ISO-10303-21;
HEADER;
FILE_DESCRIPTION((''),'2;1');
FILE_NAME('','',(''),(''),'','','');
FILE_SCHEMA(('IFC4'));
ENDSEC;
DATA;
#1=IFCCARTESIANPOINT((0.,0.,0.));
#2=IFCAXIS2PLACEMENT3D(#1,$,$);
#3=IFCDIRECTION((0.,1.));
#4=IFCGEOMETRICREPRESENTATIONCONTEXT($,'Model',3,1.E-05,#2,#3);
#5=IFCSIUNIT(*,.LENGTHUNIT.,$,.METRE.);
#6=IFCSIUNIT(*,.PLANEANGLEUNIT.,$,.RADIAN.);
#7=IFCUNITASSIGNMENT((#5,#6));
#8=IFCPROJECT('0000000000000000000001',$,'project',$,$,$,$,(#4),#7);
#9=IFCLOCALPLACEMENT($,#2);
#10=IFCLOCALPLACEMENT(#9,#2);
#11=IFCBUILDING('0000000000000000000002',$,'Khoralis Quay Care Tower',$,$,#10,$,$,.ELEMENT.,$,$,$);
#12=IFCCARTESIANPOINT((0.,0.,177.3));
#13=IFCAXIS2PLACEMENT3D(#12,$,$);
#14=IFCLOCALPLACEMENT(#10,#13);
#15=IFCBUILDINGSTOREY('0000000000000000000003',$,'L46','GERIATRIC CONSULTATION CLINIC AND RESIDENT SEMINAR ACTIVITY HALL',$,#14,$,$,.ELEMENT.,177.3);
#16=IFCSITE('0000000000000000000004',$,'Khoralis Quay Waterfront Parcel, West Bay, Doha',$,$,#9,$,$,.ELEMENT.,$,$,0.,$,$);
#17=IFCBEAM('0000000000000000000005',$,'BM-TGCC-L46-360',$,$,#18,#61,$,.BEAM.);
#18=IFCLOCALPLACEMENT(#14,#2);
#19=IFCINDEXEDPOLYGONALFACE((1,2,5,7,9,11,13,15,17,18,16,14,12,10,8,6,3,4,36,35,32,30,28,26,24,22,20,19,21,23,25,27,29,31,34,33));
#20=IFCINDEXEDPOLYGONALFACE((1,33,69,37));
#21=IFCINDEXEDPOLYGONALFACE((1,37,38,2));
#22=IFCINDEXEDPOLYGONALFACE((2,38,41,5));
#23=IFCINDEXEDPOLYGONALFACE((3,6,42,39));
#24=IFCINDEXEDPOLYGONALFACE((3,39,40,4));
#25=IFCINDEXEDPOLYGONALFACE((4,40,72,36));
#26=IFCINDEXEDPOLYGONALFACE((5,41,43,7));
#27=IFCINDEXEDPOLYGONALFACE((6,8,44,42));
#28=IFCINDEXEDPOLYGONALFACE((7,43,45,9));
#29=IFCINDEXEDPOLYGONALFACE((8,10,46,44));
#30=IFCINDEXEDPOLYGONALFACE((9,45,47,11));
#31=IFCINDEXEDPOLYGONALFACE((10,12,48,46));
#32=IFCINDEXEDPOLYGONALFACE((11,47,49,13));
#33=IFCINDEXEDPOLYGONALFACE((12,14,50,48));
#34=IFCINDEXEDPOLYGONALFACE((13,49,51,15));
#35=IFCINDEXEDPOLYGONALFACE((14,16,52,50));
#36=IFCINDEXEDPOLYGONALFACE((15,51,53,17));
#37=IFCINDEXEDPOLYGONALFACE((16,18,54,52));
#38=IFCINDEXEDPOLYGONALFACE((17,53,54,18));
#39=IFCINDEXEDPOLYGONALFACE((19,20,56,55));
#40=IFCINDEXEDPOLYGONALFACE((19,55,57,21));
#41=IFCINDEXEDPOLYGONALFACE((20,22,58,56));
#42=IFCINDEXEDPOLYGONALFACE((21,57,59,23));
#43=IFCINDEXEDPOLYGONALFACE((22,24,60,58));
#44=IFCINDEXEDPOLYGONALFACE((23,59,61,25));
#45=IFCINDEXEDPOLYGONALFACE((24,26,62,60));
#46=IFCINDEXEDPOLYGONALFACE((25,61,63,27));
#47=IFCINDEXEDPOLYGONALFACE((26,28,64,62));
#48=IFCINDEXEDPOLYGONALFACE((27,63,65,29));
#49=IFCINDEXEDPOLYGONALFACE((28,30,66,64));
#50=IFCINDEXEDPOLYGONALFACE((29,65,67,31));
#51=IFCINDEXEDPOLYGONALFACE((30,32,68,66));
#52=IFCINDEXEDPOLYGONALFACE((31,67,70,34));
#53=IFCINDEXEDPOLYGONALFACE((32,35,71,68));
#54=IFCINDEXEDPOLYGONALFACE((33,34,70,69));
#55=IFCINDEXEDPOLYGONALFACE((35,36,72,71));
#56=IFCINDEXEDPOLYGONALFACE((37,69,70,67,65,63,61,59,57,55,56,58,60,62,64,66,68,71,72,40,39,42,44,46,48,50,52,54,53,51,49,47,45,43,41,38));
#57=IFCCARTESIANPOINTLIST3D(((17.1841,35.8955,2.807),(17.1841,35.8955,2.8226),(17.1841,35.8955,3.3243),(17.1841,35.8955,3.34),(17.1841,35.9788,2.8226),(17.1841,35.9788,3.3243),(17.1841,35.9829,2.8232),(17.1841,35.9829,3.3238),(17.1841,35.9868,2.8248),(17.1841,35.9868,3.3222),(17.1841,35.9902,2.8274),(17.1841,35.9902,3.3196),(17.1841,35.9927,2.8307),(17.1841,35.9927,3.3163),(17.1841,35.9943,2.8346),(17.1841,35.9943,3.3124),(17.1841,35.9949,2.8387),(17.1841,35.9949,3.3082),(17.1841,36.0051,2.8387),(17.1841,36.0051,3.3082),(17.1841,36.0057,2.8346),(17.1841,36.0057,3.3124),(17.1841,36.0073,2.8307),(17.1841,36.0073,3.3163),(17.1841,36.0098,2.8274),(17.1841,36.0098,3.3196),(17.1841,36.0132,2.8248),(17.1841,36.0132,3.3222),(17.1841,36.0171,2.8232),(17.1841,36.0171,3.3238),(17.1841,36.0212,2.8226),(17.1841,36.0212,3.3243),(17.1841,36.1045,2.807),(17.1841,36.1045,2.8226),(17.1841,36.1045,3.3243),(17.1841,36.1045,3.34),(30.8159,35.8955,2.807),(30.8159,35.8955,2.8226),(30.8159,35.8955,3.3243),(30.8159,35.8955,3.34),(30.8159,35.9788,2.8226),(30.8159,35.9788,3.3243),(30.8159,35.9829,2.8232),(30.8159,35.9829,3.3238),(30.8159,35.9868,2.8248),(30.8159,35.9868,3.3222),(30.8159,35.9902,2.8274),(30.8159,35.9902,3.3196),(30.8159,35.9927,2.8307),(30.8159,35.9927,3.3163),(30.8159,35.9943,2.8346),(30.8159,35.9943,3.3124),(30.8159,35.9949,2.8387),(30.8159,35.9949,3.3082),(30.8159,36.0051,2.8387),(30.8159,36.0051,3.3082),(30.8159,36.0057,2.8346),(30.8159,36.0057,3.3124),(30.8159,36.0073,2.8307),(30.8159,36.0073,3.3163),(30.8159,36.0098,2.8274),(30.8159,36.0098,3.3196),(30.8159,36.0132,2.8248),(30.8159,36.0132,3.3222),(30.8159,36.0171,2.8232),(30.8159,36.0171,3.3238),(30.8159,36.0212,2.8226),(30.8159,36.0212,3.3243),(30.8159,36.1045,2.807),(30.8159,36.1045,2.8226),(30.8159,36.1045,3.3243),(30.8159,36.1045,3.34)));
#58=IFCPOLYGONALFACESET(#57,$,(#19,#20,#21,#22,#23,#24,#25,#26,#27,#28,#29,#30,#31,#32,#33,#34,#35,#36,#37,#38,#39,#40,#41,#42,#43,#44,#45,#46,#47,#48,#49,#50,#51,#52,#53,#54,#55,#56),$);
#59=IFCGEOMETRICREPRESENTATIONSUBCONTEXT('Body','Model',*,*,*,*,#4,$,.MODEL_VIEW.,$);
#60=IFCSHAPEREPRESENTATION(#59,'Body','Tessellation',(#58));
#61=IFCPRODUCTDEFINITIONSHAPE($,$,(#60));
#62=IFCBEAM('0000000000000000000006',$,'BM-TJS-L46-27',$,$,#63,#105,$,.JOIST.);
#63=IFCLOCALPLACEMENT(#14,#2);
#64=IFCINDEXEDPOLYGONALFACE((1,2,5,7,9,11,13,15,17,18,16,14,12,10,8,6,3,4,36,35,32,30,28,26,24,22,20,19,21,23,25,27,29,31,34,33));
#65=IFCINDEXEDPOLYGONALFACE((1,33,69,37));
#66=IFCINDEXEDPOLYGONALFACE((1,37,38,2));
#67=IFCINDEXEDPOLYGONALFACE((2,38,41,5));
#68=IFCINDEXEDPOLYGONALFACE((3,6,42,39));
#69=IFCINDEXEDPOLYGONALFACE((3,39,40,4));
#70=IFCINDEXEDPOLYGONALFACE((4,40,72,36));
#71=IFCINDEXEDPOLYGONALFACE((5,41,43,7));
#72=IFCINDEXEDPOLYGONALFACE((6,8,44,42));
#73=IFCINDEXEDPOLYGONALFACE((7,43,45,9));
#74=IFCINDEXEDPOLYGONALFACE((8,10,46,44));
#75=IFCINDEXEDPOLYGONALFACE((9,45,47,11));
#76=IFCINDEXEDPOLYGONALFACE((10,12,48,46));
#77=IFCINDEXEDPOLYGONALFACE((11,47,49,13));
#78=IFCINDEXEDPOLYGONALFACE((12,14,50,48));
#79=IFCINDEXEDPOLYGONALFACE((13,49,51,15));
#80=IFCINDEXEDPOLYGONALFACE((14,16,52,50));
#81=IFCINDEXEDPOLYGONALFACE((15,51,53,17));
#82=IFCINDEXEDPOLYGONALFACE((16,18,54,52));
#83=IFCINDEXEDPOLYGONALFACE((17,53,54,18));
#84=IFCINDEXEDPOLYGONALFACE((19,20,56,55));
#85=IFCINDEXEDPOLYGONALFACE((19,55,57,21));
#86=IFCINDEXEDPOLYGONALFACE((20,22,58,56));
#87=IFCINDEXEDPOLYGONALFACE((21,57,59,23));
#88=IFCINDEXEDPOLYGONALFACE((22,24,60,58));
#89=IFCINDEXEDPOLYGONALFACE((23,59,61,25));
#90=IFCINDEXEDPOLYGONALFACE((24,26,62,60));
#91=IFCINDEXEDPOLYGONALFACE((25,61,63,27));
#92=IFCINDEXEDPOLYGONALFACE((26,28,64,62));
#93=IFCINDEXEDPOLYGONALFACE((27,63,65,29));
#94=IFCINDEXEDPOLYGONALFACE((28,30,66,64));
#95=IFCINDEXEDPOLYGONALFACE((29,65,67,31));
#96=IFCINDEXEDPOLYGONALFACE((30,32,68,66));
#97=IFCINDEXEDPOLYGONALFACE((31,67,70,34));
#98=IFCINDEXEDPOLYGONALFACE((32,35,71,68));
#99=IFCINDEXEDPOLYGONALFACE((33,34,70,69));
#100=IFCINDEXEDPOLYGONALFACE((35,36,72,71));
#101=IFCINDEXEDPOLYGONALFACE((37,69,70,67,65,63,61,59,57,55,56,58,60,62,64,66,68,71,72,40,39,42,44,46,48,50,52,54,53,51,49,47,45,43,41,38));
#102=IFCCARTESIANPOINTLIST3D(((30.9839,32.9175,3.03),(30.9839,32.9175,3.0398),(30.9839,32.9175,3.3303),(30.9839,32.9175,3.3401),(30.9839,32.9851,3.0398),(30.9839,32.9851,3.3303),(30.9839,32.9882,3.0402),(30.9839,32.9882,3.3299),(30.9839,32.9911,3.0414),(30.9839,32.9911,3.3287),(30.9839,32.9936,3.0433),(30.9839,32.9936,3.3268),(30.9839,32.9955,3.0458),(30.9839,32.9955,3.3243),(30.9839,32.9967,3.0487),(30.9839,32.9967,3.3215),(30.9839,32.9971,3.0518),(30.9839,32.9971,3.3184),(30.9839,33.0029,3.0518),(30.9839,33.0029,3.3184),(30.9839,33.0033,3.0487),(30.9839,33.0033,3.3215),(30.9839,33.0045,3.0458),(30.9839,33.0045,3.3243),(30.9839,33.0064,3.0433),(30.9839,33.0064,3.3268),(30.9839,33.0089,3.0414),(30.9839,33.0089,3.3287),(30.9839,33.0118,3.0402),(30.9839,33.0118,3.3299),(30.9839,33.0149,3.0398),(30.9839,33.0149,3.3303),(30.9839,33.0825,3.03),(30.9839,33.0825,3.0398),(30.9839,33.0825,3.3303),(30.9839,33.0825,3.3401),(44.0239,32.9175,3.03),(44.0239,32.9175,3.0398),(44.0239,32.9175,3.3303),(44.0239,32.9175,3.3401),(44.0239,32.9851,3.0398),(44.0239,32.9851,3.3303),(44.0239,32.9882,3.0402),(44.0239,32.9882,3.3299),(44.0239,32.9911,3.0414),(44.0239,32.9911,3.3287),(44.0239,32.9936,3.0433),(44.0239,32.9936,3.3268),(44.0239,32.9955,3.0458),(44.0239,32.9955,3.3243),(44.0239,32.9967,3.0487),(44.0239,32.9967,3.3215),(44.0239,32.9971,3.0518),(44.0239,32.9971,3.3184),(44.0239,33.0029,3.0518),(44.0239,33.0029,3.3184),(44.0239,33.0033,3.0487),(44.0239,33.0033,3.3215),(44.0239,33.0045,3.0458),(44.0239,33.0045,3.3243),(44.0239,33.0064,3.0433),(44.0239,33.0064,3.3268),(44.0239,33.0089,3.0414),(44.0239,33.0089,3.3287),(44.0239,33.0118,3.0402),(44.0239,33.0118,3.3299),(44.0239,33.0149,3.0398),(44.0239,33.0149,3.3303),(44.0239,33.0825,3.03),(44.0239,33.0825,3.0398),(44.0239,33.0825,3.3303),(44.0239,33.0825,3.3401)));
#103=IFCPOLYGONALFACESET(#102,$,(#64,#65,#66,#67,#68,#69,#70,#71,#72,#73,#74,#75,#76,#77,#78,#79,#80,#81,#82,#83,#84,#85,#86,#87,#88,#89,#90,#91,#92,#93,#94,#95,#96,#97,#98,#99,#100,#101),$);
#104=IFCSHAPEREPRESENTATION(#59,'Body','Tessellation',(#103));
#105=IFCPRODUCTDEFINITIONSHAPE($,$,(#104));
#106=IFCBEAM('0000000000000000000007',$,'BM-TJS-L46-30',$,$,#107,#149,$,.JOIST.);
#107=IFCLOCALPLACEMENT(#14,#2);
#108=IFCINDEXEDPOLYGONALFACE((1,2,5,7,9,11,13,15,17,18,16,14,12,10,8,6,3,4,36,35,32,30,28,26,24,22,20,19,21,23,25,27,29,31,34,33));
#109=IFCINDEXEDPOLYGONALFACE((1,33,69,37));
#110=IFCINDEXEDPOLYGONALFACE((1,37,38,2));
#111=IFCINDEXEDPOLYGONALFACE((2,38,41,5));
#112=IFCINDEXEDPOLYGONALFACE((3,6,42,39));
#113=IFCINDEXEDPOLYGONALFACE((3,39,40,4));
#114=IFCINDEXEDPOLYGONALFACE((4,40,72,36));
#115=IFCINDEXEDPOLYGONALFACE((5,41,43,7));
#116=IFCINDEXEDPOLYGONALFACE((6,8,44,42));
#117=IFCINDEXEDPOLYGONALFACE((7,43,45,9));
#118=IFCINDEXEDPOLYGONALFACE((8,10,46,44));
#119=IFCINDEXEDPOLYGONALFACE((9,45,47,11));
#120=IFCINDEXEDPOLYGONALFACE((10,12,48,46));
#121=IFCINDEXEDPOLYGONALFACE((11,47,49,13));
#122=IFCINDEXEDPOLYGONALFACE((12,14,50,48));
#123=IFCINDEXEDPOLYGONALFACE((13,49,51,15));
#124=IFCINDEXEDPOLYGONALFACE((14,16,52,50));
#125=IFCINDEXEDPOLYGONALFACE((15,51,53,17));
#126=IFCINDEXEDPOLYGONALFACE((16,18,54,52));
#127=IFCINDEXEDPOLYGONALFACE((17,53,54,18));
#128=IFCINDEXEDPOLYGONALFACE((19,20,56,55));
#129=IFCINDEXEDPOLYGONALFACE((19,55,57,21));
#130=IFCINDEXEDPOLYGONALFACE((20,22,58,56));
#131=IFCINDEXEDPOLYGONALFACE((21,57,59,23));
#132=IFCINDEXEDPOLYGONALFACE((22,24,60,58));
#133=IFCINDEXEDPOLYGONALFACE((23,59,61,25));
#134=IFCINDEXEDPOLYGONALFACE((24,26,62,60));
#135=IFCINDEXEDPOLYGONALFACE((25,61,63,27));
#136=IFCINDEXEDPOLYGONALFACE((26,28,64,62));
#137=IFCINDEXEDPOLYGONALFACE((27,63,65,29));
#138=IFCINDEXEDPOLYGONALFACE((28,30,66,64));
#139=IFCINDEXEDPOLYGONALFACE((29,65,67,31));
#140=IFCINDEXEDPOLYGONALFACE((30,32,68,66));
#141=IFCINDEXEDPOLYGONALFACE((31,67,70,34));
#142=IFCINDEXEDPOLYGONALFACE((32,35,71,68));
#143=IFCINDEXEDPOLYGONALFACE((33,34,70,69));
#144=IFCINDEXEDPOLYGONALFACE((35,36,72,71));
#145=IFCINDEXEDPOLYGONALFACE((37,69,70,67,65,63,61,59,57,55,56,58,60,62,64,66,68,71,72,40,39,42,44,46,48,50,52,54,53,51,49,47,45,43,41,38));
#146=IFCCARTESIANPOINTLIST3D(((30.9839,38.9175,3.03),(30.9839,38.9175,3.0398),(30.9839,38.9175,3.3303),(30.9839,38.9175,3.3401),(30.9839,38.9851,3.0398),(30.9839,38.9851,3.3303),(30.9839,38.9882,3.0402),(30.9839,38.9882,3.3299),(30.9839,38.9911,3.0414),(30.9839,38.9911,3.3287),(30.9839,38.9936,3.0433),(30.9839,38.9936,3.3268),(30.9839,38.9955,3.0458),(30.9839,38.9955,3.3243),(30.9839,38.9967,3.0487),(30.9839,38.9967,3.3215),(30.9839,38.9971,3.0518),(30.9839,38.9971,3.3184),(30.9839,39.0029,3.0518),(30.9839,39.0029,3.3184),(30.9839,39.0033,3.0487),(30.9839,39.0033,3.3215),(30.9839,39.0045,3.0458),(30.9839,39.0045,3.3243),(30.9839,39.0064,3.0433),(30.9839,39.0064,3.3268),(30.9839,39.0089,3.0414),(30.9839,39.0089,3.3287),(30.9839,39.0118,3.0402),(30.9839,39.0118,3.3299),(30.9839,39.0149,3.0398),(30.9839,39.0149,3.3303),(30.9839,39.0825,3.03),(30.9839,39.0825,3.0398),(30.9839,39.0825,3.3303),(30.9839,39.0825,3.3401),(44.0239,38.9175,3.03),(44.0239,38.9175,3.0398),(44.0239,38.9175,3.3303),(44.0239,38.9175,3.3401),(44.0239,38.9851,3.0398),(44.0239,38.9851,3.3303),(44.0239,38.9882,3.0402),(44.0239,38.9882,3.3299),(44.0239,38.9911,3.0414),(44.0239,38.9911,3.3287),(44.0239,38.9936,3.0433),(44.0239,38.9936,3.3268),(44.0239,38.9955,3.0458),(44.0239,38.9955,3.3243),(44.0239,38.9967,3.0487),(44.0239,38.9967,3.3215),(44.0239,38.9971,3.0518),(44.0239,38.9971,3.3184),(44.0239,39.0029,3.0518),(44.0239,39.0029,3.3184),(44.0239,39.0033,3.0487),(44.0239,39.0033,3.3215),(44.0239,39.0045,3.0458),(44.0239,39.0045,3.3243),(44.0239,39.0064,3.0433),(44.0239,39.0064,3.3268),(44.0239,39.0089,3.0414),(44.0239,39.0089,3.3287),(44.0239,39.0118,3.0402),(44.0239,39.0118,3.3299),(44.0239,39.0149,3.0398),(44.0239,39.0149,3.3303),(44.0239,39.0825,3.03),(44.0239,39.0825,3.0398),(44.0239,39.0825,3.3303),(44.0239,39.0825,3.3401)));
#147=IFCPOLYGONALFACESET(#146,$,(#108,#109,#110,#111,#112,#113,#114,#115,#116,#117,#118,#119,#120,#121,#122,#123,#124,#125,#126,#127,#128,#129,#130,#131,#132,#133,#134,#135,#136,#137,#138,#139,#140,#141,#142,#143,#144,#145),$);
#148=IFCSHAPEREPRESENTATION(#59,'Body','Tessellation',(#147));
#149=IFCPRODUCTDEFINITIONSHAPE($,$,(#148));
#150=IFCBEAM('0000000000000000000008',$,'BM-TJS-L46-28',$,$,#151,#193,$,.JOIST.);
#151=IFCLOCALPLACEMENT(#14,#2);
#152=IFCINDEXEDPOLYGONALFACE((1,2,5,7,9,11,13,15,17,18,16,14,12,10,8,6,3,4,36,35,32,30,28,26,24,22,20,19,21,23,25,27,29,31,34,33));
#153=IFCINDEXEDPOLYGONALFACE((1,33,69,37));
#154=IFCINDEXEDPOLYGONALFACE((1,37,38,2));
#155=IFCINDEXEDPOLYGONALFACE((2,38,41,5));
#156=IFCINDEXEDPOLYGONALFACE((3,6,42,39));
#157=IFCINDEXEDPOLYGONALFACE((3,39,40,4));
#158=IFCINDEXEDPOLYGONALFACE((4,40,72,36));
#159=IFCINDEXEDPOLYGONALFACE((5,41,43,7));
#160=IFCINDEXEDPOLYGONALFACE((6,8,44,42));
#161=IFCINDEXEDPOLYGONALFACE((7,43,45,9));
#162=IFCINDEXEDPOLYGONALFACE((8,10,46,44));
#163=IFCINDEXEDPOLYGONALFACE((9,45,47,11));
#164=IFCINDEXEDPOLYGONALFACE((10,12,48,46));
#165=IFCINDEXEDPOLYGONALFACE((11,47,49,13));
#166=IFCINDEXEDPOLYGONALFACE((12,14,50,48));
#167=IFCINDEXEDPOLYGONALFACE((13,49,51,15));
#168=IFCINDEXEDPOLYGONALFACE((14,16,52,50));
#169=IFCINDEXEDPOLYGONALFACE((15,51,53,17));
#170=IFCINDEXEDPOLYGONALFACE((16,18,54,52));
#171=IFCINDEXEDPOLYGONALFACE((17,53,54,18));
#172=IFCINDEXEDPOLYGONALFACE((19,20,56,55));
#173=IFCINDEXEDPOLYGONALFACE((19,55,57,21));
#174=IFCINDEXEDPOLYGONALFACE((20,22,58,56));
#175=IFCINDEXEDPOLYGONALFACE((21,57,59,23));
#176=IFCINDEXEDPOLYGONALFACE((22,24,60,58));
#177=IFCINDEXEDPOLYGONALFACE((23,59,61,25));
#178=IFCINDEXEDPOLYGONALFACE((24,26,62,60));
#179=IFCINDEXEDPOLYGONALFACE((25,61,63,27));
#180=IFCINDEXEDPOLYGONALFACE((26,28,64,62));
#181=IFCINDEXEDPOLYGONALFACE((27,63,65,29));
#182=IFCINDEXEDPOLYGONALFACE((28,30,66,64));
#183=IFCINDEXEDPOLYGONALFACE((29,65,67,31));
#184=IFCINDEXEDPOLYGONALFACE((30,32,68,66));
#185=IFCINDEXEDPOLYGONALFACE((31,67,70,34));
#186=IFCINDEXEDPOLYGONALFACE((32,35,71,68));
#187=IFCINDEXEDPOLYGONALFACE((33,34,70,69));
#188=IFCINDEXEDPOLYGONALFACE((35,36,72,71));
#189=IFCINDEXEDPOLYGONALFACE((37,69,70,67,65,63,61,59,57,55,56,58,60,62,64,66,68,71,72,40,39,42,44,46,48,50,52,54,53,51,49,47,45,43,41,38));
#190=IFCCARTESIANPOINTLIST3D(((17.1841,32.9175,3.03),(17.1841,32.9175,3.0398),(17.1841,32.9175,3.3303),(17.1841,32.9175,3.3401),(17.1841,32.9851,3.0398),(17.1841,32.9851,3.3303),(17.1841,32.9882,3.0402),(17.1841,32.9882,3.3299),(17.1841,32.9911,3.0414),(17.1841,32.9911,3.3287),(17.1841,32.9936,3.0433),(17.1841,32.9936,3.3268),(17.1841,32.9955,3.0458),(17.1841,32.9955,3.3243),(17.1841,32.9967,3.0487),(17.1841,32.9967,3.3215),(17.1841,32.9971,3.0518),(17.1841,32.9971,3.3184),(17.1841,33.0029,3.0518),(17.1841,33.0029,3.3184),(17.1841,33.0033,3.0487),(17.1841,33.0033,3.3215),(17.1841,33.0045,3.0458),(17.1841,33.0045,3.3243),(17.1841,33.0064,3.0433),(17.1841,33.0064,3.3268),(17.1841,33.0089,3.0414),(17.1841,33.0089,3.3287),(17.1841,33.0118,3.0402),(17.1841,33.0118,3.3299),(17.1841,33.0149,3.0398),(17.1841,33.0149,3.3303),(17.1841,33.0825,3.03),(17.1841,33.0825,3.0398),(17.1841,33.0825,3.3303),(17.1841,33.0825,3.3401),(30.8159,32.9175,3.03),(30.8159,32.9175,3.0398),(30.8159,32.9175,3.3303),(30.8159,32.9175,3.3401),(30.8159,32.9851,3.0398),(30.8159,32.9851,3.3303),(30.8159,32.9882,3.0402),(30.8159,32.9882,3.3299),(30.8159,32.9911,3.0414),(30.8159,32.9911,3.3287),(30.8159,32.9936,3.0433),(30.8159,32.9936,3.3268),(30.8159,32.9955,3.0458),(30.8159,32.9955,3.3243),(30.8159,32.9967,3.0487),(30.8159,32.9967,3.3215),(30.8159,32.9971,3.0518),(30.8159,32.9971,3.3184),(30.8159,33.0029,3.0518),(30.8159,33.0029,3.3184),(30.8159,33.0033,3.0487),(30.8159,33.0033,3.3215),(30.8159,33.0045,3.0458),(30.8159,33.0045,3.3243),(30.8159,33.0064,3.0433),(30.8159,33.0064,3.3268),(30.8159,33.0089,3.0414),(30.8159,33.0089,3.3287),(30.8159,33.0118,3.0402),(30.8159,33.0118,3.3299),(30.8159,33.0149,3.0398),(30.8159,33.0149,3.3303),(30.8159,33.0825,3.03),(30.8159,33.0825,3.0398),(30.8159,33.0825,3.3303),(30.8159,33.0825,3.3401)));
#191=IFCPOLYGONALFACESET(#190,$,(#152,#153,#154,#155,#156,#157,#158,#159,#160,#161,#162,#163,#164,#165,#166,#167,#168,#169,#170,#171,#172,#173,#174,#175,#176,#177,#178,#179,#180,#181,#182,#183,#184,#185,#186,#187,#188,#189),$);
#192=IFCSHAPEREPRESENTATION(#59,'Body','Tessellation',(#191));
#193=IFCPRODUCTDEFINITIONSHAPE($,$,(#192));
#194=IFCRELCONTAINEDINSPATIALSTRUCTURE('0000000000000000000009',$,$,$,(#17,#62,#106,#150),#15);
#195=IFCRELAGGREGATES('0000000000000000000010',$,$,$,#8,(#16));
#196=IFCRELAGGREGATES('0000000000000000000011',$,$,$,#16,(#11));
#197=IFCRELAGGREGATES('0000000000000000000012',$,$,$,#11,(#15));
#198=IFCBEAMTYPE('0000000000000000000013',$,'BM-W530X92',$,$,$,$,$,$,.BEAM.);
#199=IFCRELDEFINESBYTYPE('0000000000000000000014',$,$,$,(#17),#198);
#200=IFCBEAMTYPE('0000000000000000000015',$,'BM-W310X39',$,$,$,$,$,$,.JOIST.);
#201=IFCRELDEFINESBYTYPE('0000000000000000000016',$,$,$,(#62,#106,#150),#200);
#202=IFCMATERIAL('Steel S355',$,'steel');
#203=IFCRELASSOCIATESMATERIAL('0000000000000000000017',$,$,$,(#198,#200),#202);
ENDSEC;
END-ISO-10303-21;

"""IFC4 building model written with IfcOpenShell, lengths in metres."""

from ifc_helpers import new_model, si_unit, direction, frame, origin, origin_2d, place, context, subcontext, project, spatial, i_section, extrude, source, transform, mapped, material, material_profile, profile_set, type_object, element, save


model = new_model("IFC4")

# Units and contexts
model_context = context("Model", 3, precision=1e-05, world=origin(), true_north=direction((0.0, 1.0)))
body_context = subcontext(model_context, "Body", "Model", "MODEL_VIEW")
ifc_project = project(units=[si_unit("LENGTHUNIT", "METRE"), si_unit("PLANEANGLEUNIT", "RADIAN")], contexts=[model_context])

# Site, building, storey
site_placement = place(None, origin())
site = spatial("IfcSite", under=ifc_project, at=site_placement, Name="Khoralis Quay Waterfront Parcel, West Bay, Doha", CompositionType="ELEMENT", RefElevation=0.0)
building_placement = place(site_placement, origin())
building = spatial("IfcBuilding", under=site, at=building_placement, Name="Khoralis Quay Care Tower", CompositionType="ELEMENT")
storey_placement = place(building_placement, frame((0.0, 0.0, 177.3)))
storey = spatial("IfcBuildingStorey", under=building, at=storey_placement, Name="L46", Description="GERIATRIC CONSULTATION CLINIC AND RESIDENT SEMINAR ACTIVITY HALL", CompositionType="ELEMENT", Elevation=177.3)

# Beams
ifc_material_1 = material(Name="Steel S355", Category="steel")
ifc_material_profile_1 = material_profile(ifc_material_1, i_section(OverallWidth=0.209, OverallDepth=0.533, WebThickness=0.0103, FlangeThickness=0.0156, FilletRadius=0.0161, at=origin_2d()), Name="Steel S355")
ifc_profile_set_1 = profile_set([ifc_material_profile_1], Name="Steel S355")
beam_type_1 = type_object("IfcBeamType", Name="BM-W530X92", PredefinedType="BEAM", material=ifc_profile_set_1)
shared_shape_1 = source(origin(), body_context, "Body", "SweptSolid", [
    extrude(i_section(OverallWidth=0.209, OverallDepth=0.533, WebThickness=0.0103, FlangeThickness=0.0156, FilletRadius=0.0161, at=origin_2d()), origin(), (0.0, 0.0, 1.0), 13.6318),
])
beam_1_placement = place(storey_placement, frame((17.1841, 36.0, 3.0735), z_axis=(1.0, 0.0, 0.0), x_axis=(0.0, 1.0, 0.0)))
element("IfcBeam", 1, at=beam_1_placement, inside=storey, type_object=beam_type_1, Name="BM-TGCC-L46-360", PredefinedType="BEAM", context=body_context, shape_type="MappedRepresentation", body=[
    mapped(shared_shape_1, transform((0.0, 0.0, 0.0), scale=1.0)),
])
ifc_material_profile_2 = material_profile(ifc_material_1, i_section(OverallWidth=0.165, OverallDepth=0.3101, WebThickness=0.0059, FlangeThickness=0.0098, FilletRadius=0.012, at=origin_2d()), Name="Steel S355")
ifc_profile_set_2 = profile_set([ifc_material_profile_2], Name="Steel S355")
beam_type_2 = type_object("IfcBeamType", Name="BM-W310X39", PredefinedType="JOIST", material=ifc_profile_set_2)
shared_shape_2 = source(origin(), body_context, "Body", "SweptSolid", [
    extrude(i_section(OverallWidth=0.165, OverallDepth=0.3101, WebThickness=0.0059, FlangeThickness=0.0098, FilletRadius=0.012, at=origin_2d()), origin(), (0.0, 0.0, 1.0), 13.04),
])
for number, where, z_axis, x_axis, name in (
    (2, (30.9839, 33.0, 3.1851), (1.0, 0.0, 0.0), (0.0, 1.0, 0.0), "BM-TJS-L46-27"),
    (3, (30.9839, 39.0, 3.1851), (1.0, 0.0, 0.0), (0.0, 1.0, 0.0), "BM-TJS-L46-30"),
):
    element("IfcBeam", number, at=place(storey_placement, frame(where, z_axis=z_axis, x_axis=x_axis)), inside=storey, type_object=beam_type_2, Name=name, PredefinedType="JOIST", context=body_context, shape_type="MappedRepresentation", body=[
        mapped(shared_shape_2, transform((0.0, 0.0, 0.0), scale=1.0)),
    ])
shared_shape_3 = source(origin(), body_context, "Body", "SweptSolid", [
    extrude(i_section(OverallWidth=0.165, OverallDepth=0.3101, WebThickness=0.0059, FlangeThickness=0.0098, FilletRadius=0.012, at=origin_2d()), origin(), (0.0, 0.0, 1.0), 13.6318),
])
for number, where, z_axis, x_axis, name in (
    (4, (17.1841, 33.0, 3.1851), (1.0, 0.0, 0.0), (0.0, 1.0, 0.0), "BM-TJS-L46-28"),
):
    element("IfcBeam", number, at=place(storey_placement, frame(where, z_axis=z_axis, x_axis=x_axis)), inside=storey, type_object=beam_type_2, Name=name, PredefinedType="JOIST", context=body_context, shape_type="MappedRepresentation", body=[
        mapped(shared_shape_3, transform((0.0, 0.0, 0.0), scale=1.0)),
    ])

save(model, "model.ifc")
